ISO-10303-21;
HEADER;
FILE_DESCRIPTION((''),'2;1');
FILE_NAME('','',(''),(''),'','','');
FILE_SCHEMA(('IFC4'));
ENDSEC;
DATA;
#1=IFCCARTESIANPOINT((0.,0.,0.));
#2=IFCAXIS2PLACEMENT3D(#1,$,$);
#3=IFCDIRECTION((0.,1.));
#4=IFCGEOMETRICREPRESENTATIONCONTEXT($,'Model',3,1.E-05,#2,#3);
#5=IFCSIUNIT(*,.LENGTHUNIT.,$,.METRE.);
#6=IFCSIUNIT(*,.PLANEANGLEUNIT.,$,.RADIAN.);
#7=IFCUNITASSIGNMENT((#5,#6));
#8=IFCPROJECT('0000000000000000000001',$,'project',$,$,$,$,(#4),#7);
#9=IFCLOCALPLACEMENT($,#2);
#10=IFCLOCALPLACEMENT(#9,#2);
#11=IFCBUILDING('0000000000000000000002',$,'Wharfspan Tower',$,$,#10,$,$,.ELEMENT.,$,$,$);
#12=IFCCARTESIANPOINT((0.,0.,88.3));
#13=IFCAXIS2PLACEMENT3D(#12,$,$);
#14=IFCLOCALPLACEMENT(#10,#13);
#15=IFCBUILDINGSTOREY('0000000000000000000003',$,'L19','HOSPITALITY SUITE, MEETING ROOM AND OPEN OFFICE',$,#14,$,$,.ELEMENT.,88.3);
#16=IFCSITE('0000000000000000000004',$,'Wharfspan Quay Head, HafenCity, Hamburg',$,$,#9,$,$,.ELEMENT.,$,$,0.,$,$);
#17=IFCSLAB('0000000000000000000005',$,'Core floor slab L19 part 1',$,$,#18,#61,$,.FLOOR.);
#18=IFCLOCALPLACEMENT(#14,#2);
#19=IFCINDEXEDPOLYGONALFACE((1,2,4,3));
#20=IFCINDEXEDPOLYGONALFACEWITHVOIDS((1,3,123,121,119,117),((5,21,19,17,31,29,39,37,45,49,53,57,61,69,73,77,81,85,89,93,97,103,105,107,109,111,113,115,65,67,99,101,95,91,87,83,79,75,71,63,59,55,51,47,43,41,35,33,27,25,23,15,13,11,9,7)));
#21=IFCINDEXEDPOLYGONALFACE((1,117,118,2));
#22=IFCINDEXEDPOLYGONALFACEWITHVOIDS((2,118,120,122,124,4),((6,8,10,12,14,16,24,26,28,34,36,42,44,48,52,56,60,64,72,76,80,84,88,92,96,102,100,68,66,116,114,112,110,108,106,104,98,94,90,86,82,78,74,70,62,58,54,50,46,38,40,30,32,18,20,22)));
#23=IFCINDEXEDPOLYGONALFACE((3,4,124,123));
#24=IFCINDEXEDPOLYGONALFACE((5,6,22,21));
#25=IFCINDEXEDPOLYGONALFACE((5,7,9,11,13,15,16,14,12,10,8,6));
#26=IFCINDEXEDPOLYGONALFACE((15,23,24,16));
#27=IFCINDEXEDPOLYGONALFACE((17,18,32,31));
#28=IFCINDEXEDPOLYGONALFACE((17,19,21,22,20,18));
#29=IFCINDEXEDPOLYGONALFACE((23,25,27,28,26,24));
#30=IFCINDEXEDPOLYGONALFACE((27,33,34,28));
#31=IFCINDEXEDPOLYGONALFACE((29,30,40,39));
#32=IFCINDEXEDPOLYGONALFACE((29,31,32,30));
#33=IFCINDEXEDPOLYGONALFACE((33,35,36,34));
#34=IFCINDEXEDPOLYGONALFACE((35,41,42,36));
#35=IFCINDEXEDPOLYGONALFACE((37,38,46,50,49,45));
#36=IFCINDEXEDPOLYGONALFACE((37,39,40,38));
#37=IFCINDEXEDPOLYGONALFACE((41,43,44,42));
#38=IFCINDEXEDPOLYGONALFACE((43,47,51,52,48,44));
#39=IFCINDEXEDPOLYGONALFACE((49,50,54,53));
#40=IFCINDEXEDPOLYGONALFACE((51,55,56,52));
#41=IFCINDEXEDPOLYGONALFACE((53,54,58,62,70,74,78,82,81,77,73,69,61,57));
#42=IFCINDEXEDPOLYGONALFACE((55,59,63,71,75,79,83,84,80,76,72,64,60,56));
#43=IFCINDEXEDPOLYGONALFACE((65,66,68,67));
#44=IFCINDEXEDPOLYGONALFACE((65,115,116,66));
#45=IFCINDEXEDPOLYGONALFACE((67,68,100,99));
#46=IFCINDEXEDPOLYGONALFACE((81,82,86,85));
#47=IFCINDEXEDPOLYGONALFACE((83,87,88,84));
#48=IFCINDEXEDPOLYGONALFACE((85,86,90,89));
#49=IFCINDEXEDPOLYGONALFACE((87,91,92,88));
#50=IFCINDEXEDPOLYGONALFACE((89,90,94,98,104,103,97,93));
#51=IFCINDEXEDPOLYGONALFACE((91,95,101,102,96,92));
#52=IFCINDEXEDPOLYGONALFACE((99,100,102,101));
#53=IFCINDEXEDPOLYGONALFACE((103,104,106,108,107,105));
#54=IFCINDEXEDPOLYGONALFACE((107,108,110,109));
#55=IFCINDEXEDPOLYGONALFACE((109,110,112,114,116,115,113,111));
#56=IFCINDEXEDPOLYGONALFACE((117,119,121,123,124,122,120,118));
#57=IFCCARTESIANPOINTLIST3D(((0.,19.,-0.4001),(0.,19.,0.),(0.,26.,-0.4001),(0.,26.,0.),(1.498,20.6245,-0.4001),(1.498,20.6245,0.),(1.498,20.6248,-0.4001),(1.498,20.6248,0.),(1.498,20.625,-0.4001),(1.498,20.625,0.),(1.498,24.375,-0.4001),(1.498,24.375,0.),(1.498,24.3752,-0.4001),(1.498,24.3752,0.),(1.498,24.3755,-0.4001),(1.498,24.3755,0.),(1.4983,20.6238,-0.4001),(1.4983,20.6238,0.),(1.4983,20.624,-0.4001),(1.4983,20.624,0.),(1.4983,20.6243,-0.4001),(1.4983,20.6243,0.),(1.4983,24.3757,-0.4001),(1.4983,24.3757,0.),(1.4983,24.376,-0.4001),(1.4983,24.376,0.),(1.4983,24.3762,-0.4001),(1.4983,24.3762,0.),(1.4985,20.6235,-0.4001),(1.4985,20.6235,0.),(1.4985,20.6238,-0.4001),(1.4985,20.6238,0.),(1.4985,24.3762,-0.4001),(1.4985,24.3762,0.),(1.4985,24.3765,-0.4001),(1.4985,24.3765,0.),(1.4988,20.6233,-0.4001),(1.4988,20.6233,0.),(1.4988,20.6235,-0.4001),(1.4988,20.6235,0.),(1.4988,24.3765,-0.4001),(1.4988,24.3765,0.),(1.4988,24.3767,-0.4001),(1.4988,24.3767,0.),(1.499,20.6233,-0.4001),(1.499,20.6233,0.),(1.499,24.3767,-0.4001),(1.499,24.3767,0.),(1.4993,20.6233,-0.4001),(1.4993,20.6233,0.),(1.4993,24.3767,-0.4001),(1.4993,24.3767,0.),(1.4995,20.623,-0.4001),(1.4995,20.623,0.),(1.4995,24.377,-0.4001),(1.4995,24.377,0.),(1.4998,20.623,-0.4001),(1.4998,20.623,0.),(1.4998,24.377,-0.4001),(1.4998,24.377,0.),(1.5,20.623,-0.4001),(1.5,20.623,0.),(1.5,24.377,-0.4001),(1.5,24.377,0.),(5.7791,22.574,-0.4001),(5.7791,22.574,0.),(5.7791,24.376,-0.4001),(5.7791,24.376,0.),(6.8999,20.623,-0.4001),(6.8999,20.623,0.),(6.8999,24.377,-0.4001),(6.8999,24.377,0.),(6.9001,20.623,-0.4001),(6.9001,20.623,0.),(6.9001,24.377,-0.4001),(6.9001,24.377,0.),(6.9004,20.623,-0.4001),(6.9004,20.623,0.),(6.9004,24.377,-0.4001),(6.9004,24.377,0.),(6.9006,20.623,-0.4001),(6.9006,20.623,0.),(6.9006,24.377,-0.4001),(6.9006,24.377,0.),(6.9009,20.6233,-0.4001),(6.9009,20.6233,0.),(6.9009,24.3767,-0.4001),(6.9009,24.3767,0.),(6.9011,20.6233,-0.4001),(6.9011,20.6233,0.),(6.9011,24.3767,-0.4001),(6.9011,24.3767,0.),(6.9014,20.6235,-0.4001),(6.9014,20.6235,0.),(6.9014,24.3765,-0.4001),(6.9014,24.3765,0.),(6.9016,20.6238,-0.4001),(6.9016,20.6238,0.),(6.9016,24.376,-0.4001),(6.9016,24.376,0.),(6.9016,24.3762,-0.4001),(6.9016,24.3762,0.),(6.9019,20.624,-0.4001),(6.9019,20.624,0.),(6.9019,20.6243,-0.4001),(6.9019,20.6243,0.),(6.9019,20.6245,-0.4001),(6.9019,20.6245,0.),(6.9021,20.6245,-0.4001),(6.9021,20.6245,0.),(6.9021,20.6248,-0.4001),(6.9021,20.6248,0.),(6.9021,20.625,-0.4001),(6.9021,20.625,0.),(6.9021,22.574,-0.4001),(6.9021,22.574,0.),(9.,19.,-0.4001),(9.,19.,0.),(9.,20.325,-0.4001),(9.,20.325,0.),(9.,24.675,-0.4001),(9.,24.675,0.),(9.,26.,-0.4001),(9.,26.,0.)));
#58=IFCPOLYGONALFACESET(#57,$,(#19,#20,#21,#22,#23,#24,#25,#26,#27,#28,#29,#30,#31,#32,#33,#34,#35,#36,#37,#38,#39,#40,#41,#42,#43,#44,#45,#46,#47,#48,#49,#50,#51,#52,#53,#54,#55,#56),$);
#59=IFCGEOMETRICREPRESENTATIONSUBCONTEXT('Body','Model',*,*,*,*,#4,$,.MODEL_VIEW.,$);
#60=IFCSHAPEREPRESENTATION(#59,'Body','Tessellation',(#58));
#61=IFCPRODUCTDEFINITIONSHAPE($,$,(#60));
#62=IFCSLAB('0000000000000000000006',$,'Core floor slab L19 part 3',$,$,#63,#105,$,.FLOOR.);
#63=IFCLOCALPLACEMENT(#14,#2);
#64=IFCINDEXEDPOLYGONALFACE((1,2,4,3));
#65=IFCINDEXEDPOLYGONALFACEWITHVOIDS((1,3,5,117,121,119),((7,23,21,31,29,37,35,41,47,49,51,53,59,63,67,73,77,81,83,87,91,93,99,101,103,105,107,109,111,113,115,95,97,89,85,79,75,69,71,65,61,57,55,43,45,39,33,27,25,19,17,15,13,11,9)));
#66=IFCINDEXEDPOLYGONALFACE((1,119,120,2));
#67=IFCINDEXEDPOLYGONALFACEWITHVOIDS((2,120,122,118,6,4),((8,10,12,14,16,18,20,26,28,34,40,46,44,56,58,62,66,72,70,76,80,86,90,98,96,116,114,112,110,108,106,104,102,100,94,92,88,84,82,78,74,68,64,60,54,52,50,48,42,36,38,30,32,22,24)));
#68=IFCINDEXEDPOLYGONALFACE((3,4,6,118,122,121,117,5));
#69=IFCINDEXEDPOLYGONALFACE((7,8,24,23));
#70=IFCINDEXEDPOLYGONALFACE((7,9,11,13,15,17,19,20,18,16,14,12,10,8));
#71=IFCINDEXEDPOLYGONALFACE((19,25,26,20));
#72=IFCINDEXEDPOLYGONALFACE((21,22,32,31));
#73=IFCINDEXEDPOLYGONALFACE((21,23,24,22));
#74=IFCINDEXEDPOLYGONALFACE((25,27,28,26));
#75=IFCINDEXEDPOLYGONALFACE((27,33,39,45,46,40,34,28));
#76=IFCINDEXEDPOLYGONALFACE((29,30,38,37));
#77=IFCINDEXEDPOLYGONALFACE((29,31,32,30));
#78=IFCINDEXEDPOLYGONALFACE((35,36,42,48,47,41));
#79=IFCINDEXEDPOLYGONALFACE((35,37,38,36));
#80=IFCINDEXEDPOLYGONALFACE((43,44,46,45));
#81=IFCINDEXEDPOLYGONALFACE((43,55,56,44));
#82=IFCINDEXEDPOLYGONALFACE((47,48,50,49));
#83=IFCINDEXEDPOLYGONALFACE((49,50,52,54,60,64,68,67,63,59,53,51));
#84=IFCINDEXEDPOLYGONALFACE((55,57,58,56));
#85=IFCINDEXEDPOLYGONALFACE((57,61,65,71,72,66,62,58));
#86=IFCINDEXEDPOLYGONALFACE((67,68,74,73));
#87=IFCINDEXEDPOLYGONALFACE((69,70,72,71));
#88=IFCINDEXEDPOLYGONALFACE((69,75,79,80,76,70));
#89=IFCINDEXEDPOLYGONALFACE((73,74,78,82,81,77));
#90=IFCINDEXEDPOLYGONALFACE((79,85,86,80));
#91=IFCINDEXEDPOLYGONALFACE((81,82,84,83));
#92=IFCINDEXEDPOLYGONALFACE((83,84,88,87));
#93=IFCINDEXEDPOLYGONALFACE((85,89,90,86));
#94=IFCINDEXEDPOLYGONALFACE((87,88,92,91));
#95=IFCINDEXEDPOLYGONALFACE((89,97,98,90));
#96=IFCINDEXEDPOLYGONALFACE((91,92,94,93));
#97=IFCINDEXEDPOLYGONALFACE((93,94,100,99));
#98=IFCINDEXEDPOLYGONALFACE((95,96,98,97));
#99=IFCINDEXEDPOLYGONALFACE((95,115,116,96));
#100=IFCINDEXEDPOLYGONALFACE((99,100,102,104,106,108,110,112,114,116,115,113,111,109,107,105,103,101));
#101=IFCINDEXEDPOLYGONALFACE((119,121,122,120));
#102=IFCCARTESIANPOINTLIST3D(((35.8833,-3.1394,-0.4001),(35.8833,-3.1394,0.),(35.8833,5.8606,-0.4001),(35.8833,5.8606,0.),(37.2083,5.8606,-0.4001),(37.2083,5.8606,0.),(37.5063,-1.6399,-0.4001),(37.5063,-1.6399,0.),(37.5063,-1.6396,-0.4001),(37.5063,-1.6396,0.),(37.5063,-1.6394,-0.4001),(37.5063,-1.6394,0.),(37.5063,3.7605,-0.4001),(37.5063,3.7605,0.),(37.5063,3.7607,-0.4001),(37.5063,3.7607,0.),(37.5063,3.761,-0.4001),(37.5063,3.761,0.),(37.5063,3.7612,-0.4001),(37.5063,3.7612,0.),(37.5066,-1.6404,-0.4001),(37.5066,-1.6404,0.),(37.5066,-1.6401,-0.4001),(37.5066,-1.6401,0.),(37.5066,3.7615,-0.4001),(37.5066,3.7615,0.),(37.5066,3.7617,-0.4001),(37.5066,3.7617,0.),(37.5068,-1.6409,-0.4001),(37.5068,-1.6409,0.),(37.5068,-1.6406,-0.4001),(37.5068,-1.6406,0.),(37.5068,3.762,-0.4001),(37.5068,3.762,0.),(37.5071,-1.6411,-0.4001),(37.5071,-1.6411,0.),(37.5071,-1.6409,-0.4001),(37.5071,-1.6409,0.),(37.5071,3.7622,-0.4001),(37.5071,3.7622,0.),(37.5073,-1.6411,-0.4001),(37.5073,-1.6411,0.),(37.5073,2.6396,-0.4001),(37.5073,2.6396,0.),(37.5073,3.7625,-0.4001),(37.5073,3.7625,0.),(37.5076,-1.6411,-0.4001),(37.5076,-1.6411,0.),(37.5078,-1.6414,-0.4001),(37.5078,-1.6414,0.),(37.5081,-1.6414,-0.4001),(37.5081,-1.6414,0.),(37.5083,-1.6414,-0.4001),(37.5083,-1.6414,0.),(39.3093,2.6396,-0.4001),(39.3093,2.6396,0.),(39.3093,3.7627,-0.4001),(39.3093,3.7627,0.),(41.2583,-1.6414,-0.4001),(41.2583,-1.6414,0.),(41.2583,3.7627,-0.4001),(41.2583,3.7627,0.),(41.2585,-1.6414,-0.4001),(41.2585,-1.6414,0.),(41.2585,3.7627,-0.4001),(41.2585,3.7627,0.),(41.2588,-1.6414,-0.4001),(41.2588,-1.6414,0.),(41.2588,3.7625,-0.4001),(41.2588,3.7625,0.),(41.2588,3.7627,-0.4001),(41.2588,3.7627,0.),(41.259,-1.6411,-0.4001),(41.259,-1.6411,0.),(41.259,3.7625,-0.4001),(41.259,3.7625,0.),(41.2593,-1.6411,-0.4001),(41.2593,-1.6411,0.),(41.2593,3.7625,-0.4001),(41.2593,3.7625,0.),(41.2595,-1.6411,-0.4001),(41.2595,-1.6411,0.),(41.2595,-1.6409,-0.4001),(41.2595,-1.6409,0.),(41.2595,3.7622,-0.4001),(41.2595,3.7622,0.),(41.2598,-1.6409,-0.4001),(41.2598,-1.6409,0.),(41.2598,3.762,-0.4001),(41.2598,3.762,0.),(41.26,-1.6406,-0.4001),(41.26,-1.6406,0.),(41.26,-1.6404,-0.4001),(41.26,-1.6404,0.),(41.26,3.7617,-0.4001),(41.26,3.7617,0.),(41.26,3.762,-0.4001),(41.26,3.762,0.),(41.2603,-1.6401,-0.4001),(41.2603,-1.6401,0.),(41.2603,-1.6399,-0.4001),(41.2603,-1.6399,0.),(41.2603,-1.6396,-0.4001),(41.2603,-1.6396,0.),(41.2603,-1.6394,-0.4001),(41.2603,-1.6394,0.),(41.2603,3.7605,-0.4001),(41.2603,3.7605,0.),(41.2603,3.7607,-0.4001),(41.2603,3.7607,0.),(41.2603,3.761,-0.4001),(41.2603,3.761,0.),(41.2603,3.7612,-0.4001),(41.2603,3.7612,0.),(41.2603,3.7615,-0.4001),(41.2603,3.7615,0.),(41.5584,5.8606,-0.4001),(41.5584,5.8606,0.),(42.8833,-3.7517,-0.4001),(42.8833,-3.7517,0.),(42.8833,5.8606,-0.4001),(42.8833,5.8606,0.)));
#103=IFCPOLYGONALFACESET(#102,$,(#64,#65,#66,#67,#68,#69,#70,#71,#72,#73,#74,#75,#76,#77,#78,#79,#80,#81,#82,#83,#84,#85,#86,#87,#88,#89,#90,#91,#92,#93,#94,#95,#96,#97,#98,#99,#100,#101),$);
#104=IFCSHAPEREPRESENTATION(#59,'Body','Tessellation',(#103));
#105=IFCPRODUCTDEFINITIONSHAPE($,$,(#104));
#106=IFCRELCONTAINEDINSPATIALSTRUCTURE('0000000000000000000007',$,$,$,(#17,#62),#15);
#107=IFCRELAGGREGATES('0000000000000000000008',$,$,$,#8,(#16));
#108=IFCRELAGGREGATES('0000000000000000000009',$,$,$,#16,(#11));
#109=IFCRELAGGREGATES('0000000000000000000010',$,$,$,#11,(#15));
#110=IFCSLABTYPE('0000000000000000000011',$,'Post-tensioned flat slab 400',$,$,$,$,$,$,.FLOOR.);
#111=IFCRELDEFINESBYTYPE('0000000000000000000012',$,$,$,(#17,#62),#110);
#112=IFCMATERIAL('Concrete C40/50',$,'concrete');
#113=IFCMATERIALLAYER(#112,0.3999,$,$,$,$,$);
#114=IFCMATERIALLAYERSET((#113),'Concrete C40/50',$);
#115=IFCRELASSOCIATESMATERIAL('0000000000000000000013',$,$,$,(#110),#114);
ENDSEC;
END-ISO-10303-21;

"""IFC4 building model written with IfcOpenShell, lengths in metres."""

from ifc_helpers import new_model, si_unit, direction, frame, origin, place, context, subcontext, project, spatial, polyline, outline, extrude, material, layer, layer_set, type_object, element, save


model = new_model("IFC4")

# Units and contexts
model_context = context("Model", 3, precision=1e-05, world=origin(), true_north=direction((0.0, 1.0)))
body_context = subcontext(model_context, "Body", "Model", "MODEL_VIEW")
ifc_project = project(units=[si_unit("LENGTHUNIT", "METRE"), si_unit("PLANEANGLEUNIT", "RADIAN")], contexts=[model_context])

# Site, building, storey
site_placement = place(None, origin())
site = spatial("IfcSite", under=ifc_project, at=site_placement, Name="Wharfspan Quay Head, HafenCity, Hamburg", CompositionType="ELEMENT", RefElevation=0.0)
building_placement = place(site_placement, origin())
building = spatial("IfcBuilding", under=site, at=building_placement, Name="Wharfspan Tower", CompositionType="ELEMENT")
storey_placement = place(building_placement, frame((0.0, 0.0, 88.3)))
storey = spatial("IfcBuildingStorey", under=building, at=storey_placement, Name="L19", Description="HOSPITALITY SUITE, MEETING ROOM AND OPEN OFFICE", CompositionType="ELEMENT", Elevation=88.3)

# Slabs
ifc_material_1 = material(Name="Concrete C40/50", Category="concrete")
ifc_layer_1 = layer(ifc_material_1, 0.3999)
ifc_layer_set_1 = layer_set([ifc_layer_1], Name="Concrete C40/50")
slab_type_1 = type_object("IfcSlabType", Name="Post-tensioned flat slab 400", PredefinedType="FLOOR", material=ifc_layer_set_1)
slab_1_placement = place(storey_placement, frame((0.0, 0.0, -0.4001)))
element("IfcSlab", 1, at=slab_1_placement, inside=storey, type_object=slab_type_1, Name="Core floor slab L19 part 1", PredefinedType="FLOOR", context=body_context, shape_type="SweptSolid", body=[
    extrude(outline(polyline([(9.0, 20.325), (9.0, 24.675), (9.0, 26.0), (0.0, 26.0), (0.0, 19.0), (9.0, 19.0), (9.0, 20.325)]), holes=[polyline([(6.9021, 20.6248), (6.9021, 20.6245), (6.9019, 20.6245), (6.9019, 20.6243), (6.9019, 20.624), (6.9016, 20.6238), (6.9016, 20.6238), (6.9014, 20.6235), (6.9014, 20.6235), (6.9011, 20.6233), (6.9009, 20.6233), (6.9009, 20.6233), (6.9006, 20.623), (6.9004, 20.623), (6.9001, 20.623), (6.8999, 20.623), (1.5, 20.623), (1.4998, 20.623), (1.4995, 20.623), (1.4995, 20.623), (1.4993, 20.6233), (1.499, 20.6233), (1.4988, 20.6233), (1.4988, 20.6235), (1.4985, 20.6235), (1.4985, 20.6238), (1.4983, 20.6238), (1.4983, 20.624), (1.4983, 20.6243), (1.498, 20.6245), (1.498, 20.6245), (1.498, 20.6248), (1.498, 20.625), (1.498, 24.375), (1.498, 24.3752), (1.498, 24.3755), (1.498, 24.3755), (1.4983, 24.3757), (1.4983, 24.376), (1.4983, 24.3762), (1.4985, 24.3762), (1.4985, 24.3765), (1.4988, 24.3765), (1.4988, 24.3767), (1.499, 24.3767), (1.4993, 24.3767), (1.4995, 24.377), (1.4995, 24.377), (1.4998, 24.377), (1.5, 24.377), (6.8999, 24.377), (6.9001, 24.377), (6.9004, 24.377), (6.9006, 24.377), (6.9009, 24.3767), (6.9009, 24.3767), (6.9011, 24.3767), (6.9014, 24.3765), (6.9014, 24.3765), (6.9016, 24.3762), (6.9016, 24.3762), (6.9016, 24.376), (5.7791, 24.376), (5.7791, 22.574), (6.9021, 22.574), (6.9021, 20.625), (6.9021, 20.6248)])]), origin(), (0.0, 0.0, 1.0), 0.4001),
])
slab_2_placement = place(storey_placement, frame((0.0, 0.0, -0.4001)))
element("IfcSlab", 2, at=slab_2_placement, inside=storey, type_object=slab_type_1, Name="Core floor slab L19 part 3", PredefinedType="FLOOR", context=body_context, shape_type="SweptSolid", body=[
    extrude(outline(polyline([(41.5583, 5.8606), (37.2083, 5.8606), (35.8833, 5.8606), (35.8833, -3.1394), (42.8833, -3.7517), (42.8833, 5.8606), (41.5583, 5.8606)]), holes=[polyline([(37.5063, 3.7607), (37.5063, 3.761), (37.5063, 3.7612), (37.5066, 3.7615), (37.5066, 3.7617), (37.5066, 3.7617), (37.5068, 3.762), (37.5068, 3.762), (37.5071, 3.7622), (37.5071, 3.7622), (37.5073, 3.7625), (37.5073, 2.6396), (39.3093, 2.6396), (39.3093, 3.7627), (41.2583, 3.7627), (41.2585, 3.7627), (41.2588, 3.7627), (41.2588, 3.7625), (41.259, 3.7625), (41.2593, 3.7625), (41.2595, 3.7622), (41.2595, 3.7622), (41.2598, 3.762), (41.26, 3.762), (41.26, 3.7617), (41.26, 3.7617), (41.2603, 3.7615), (41.2603, 3.7612), (41.2603, 3.761), (41.2603, 3.7607), (41.2603, 3.7605), (41.2603, -1.6394), (41.2603, -1.6396), (41.2603, -1.6399), (41.2603, -1.6399), (41.2603, -1.6401), (41.26, -1.6404), (41.26, -1.6404), (41.26, -1.6406), (41.2598, -1.6409), (41.2595, -1.6409), (41.2595, -1.6411), (41.2593, -1.6411), (41.259, -1.6411), (41.2588, -1.6414), (41.2588, -1.6414), (41.2585, -1.6414), (41.2583, -1.6414), (37.5083, -1.6414), (37.5081, -1.6414), (37.5078, -1.6414), (37.5078, -1.6414), (37.5076, -1.6411), (37.5073, -1.6411), (37.5071, -1.6411), (37.5071, -1.6409), (37.5068, -1.6409), (37.5068, -1.6406), (37.5066, -1.6404), (37.5066, -1.6404), (37.5066, -1.6401), (37.5063, -1.6399), (37.5063, -1.6399), (37.5063, -1.6396), (37.5063, -1.6394), (37.5063, 3.7605), (37.5063, 3.7607)])]), origin(), (0.0, 0.0, 1.0), 0.4001),
])

save(model, "model.ifc")
